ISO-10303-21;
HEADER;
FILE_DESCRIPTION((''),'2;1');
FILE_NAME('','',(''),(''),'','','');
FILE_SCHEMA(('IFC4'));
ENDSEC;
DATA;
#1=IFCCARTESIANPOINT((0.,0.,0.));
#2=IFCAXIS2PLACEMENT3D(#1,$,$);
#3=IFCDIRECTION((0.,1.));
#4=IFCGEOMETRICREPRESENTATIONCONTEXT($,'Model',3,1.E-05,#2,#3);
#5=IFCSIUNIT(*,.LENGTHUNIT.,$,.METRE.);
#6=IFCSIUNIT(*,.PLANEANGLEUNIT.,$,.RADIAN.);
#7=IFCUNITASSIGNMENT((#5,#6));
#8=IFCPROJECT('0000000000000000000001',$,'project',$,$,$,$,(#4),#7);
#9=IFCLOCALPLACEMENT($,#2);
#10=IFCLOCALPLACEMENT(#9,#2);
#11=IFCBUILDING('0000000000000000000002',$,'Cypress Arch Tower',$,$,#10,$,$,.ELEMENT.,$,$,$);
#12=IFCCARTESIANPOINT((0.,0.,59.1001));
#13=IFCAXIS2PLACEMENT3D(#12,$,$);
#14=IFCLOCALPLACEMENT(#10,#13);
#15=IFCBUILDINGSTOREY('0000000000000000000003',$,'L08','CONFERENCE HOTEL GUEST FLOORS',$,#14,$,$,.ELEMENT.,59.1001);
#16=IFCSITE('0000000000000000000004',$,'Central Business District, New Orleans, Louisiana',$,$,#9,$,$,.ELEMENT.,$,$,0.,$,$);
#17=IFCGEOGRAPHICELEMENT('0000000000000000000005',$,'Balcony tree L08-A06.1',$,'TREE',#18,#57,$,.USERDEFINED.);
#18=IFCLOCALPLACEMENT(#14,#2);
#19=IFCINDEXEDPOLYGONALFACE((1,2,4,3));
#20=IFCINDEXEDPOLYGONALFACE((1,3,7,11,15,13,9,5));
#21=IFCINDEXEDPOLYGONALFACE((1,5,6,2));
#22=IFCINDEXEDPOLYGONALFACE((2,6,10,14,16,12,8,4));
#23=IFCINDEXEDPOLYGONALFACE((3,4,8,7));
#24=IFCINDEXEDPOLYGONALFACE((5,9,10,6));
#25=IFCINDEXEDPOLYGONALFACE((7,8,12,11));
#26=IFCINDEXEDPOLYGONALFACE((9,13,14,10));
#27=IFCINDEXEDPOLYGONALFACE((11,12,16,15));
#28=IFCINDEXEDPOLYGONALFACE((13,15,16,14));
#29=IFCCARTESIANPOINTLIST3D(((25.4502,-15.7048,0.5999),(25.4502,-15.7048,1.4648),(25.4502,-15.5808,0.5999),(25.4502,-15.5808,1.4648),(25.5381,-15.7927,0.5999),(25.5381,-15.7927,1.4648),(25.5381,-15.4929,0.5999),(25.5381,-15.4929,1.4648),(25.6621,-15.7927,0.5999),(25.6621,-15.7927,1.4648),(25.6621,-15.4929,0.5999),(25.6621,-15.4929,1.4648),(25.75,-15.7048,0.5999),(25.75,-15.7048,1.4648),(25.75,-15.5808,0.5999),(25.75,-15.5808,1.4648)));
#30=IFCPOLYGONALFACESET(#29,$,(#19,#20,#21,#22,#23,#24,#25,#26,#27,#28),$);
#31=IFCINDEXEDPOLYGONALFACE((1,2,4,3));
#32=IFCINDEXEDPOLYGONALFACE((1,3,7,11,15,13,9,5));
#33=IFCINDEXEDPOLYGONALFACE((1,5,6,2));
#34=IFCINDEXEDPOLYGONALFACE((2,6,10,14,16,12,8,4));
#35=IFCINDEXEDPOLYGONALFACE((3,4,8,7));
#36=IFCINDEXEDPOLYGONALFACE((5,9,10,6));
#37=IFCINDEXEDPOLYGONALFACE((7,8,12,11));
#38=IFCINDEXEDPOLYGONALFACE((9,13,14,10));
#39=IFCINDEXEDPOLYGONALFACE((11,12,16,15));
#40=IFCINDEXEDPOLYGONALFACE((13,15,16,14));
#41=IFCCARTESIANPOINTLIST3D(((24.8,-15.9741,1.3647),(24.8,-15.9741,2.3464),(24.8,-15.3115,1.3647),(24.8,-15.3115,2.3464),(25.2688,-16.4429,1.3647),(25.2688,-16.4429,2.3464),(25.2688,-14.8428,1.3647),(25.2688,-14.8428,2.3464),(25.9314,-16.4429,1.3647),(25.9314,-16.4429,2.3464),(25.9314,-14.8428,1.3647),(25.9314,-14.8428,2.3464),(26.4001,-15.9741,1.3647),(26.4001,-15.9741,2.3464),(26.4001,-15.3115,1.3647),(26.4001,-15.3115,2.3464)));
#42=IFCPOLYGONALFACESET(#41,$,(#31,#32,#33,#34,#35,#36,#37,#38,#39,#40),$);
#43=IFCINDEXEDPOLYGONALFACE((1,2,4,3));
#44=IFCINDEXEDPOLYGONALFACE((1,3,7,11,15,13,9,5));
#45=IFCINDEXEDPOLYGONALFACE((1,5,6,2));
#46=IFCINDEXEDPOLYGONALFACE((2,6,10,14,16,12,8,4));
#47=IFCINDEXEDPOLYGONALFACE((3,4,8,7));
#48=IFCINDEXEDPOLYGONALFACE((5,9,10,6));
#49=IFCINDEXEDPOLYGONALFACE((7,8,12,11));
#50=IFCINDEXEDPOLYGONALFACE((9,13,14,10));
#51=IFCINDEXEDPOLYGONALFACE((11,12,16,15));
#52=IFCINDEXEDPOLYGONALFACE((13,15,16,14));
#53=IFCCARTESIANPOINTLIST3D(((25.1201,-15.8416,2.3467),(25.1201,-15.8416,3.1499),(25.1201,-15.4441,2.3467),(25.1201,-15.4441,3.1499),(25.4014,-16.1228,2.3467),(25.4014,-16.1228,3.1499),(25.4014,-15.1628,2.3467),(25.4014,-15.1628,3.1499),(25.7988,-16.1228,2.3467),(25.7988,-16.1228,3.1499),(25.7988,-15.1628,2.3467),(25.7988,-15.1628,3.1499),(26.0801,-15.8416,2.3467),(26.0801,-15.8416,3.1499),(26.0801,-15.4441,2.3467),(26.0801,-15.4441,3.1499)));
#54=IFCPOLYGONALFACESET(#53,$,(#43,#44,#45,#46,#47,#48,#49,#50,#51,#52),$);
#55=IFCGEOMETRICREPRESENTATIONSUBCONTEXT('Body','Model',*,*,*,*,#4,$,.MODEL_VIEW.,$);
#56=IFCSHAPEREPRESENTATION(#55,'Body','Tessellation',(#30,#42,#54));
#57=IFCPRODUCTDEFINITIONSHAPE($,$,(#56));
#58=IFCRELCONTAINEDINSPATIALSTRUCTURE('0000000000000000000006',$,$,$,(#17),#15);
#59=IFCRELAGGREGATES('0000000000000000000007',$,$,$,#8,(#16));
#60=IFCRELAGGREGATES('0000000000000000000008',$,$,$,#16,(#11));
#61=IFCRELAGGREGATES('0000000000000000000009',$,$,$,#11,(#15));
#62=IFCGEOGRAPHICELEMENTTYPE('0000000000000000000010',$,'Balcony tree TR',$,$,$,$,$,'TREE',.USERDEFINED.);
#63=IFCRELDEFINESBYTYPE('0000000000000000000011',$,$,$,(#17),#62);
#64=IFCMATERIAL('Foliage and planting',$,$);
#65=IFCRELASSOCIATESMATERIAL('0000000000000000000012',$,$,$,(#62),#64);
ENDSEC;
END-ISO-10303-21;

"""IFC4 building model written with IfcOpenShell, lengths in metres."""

from ifc_helpers import new_model, si_unit, direction, frame, origin, place, context, subcontext, project, spatial, polyline, outline, extrude, material, type_object, element, save


model = new_model("IFC4")

# Units and contexts
model_context = context("Model", 3, precision=1e-05, world=origin(), true_north=direction((0.0, 1.0)))
body_context = subcontext(model_context, "Body", "Model", "MODEL_VIEW")
ifc_project = project(units=[si_unit("LENGTHUNIT", "METRE"), si_unit("PLANEANGLEUNIT", "RADIAN")], contexts=[model_context])

# Site, building, storey
site_placement = place(None, origin())
site = spatial("IfcSite", under=ifc_project, at=site_placement, Name="Central Business District, New Orleans, Louisiana", CompositionType="ELEMENT", RefElevation=0.0)
building_placement = place(site_placement, origin())
building = spatial("IfcBuilding", under=site, at=building_placement, Name="Cypress Arch Tower", CompositionType="ELEMENT")
storey_placement = place(building_placement, frame((0.0, 0.0, 59.1001)))
storey = spatial("IfcBuildingStorey", under=building, at=storey_placement, Name="L08", Description="CONFERENCE HOTEL GUEST FLOORS", CompositionType="ELEMENT", Elevation=59.1001)

# Geographic element
ifc_material_1 = material(Name="Foliage and planting")
geographic_element_type = type_object("IfcGeographicElementType", Name="Balcony tree TR", ElementType="TREE", PredefinedType="USERDEFINED", material=ifc_material_1)
geographic_element_placement = place(storey_placement, frame((25.6001, -15.6428, 0.5999), z_axis=(0.0, 0.0, 1.0), x_axis=(1.0, 0.0, 0.0)))
element("IfcGeographicElement", 1, at=geographic_element_placement, inside=storey, type_object=geographic_element_type, Name="Balcony tree L08-A06.1", ObjectType="TREE", PredefinedType="USERDEFINED", context=body_context, shape_type="SweptSolid", body=[
    extrude(outline(polyline([(0.1499, 0.062), (0.062, 0.1499), (-0.062, 0.1499), (-0.1499, 0.062), (-0.1499, -0.062), (-0.062, -0.1499), (0.062, -0.1499), (0.1499, -0.062), (0.1499, 0.062)])), origin(), (0.0, 0.0, 1.0), 0.865),
    extrude(outline(polyline([(0.8, 0.3313), (0.3313, 0.8), (-0.3313, 0.8), (-0.8, 0.3313), (-0.8, -0.3313), (-0.3313, -0.8), (0.3313, -0.8), (0.8, -0.3313), (0.8, 0.3313)])), frame((0.0, 0.0, 0.7649)), (0.0, 0.0, 1.0), 0.9817),
    extrude(outline(polyline([(0.48, 0.1987), (0.1987, 0.48), (-0.1987, 0.48), (-0.48, 0.1987), (-0.48, -0.1987), (-0.1987, -0.48), (0.1987, -0.48), (0.48, -0.1987), (0.48, 0.1987)])), frame((0.0, 0.0, 1.7468)), (0.0, 0.0, 1.0), 0.8032),
])

save(model, "model.ifc")
